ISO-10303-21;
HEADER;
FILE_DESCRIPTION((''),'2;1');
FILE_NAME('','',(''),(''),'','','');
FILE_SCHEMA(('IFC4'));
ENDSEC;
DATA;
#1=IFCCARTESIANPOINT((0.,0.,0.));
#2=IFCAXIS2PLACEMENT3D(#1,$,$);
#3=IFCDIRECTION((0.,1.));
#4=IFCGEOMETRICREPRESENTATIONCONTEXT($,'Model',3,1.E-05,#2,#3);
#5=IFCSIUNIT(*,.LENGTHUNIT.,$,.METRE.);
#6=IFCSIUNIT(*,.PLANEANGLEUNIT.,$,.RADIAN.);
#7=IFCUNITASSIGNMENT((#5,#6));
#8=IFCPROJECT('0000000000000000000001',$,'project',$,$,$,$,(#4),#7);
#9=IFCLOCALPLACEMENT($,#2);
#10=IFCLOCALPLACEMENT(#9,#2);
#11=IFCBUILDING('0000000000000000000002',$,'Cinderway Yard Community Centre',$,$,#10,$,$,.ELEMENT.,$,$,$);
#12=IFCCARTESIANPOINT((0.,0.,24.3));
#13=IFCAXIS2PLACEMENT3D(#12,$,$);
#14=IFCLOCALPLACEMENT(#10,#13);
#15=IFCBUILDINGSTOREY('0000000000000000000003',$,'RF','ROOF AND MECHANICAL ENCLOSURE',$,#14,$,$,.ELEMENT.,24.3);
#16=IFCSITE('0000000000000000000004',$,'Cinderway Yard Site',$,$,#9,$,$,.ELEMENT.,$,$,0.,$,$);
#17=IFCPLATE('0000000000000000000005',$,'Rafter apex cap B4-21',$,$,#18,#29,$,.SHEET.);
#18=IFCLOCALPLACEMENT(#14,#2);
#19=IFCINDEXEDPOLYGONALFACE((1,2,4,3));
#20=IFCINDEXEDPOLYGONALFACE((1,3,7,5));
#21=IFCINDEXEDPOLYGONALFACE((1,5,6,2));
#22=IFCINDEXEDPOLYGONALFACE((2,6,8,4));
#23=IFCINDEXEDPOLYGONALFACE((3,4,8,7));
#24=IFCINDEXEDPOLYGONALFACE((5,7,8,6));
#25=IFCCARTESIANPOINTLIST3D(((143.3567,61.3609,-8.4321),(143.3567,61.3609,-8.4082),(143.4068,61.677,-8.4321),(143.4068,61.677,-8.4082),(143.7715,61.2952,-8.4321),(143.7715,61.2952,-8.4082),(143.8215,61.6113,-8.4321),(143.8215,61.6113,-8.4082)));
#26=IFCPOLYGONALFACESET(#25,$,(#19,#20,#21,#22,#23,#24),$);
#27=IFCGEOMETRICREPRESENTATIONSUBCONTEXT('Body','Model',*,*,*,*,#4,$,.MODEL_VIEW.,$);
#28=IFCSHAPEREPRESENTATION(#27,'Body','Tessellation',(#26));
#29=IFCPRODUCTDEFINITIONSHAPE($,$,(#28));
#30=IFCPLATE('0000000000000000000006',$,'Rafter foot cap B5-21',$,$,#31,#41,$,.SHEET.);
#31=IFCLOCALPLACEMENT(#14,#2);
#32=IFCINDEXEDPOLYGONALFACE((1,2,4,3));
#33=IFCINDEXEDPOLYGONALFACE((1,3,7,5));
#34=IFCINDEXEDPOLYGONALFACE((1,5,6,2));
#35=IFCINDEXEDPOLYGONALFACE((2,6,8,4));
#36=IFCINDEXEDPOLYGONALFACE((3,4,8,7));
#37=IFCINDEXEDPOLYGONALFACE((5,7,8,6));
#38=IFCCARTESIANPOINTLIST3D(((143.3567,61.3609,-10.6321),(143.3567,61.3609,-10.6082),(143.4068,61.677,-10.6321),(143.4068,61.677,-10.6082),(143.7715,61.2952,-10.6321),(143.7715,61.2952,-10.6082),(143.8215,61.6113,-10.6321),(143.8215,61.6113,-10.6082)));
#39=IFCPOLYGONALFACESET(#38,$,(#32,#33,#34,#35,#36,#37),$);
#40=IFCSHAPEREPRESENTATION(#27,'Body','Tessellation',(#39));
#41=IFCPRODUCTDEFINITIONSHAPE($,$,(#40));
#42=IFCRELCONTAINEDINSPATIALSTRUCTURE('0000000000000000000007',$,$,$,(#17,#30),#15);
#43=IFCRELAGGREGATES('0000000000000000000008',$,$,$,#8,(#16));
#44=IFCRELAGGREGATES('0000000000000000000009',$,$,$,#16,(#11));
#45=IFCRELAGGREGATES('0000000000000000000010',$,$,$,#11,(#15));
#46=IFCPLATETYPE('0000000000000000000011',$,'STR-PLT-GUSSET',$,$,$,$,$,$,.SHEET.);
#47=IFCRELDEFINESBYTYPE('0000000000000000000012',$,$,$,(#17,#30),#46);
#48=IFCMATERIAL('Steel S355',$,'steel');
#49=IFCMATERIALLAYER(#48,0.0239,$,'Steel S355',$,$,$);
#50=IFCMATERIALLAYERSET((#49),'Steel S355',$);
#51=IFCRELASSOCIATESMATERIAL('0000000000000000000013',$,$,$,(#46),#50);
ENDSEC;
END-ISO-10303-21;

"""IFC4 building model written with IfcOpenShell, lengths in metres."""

from ifc_helpers import new_model, si_unit, direction, frame, origin, origin_2d, place, context, subcontext, project, spatial, rectangle, extrude, material, layer, layer_set, type_object, element, save


model = new_model("IFC4")

# Units and contexts
model_context = context("Model", 3, precision=1e-05, world=origin(), true_north=direction((0.0, 1.0)))
body_context = subcontext(model_context, "Body", "Model", "MODEL_VIEW")
ifc_project = project(units=[si_unit("LENGTHUNIT", "METRE"), si_unit("PLANEANGLEUNIT", "RADIAN")], contexts=[model_context])

# Site, building, storey
site_placement = place(None, origin())
site = spatial("IfcSite", under=ifc_project, at=site_placement, Name="Cinderway Yard Site", CompositionType="ELEMENT", RefElevation=0.0)
building_placement = place(site_placement, origin())
building = spatial("IfcBuilding", under=site, at=building_placement, Name="Cinderway Yard Community Centre", CompositionType="ELEMENT")
storey_placement = place(building_placement, frame((0.0, 0.0, 24.3)))
storey = spatial("IfcBuildingStorey", under=building, at=storey_placement, Name="RF", Description="ROOF AND MECHANICAL ENCLOSURE", CompositionType="ELEMENT", Elevation=24.3)

# Shared definitions
ifc_material_1 = material(Name="Steel S355", Category="steel")

# Plates
ifc_layer_1 = layer(ifc_material_1, 0.0239, Name="Steel S355")
ifc_layer_set_1 = layer_set([ifc_layer_1], Name="Steel S355")
plate_type_1 = type_object("IfcPlateType", Name="STR-PLT-GUSSET", PredefinedType="SHEET", material=ifc_layer_set_1)
for number, where, z_axis, x_axis, name in (
    (1, (143.5891, 61.4861, -8.4321), (0.0, 0.0, 1.0), (0.987688, -0.156434, 0.0), "Rafter apex cap B4-21"),
    (2, (143.5891, 61.4861, -10.6321), (0.0, 0.0, 1.0), (0.987688, -0.156434, 0.0), "Rafter foot cap B5-21"),
):
    element("IfcPlate", number, at=place(storey_placement, frame(where, z_axis=z_axis, x_axis=x_axis)), inside=storey, type_object=plate_type_1, Name=name, PredefinedType="SHEET", context=body_context, shape_type="SweptSolid", body=[
        extrude(rectangle(XDim=0.4199, YDim=0.3201, at=origin_2d()), origin(), (0.0, 0.0, 1.0), 0.0239),
    ])

save(model, "model.ifc")
